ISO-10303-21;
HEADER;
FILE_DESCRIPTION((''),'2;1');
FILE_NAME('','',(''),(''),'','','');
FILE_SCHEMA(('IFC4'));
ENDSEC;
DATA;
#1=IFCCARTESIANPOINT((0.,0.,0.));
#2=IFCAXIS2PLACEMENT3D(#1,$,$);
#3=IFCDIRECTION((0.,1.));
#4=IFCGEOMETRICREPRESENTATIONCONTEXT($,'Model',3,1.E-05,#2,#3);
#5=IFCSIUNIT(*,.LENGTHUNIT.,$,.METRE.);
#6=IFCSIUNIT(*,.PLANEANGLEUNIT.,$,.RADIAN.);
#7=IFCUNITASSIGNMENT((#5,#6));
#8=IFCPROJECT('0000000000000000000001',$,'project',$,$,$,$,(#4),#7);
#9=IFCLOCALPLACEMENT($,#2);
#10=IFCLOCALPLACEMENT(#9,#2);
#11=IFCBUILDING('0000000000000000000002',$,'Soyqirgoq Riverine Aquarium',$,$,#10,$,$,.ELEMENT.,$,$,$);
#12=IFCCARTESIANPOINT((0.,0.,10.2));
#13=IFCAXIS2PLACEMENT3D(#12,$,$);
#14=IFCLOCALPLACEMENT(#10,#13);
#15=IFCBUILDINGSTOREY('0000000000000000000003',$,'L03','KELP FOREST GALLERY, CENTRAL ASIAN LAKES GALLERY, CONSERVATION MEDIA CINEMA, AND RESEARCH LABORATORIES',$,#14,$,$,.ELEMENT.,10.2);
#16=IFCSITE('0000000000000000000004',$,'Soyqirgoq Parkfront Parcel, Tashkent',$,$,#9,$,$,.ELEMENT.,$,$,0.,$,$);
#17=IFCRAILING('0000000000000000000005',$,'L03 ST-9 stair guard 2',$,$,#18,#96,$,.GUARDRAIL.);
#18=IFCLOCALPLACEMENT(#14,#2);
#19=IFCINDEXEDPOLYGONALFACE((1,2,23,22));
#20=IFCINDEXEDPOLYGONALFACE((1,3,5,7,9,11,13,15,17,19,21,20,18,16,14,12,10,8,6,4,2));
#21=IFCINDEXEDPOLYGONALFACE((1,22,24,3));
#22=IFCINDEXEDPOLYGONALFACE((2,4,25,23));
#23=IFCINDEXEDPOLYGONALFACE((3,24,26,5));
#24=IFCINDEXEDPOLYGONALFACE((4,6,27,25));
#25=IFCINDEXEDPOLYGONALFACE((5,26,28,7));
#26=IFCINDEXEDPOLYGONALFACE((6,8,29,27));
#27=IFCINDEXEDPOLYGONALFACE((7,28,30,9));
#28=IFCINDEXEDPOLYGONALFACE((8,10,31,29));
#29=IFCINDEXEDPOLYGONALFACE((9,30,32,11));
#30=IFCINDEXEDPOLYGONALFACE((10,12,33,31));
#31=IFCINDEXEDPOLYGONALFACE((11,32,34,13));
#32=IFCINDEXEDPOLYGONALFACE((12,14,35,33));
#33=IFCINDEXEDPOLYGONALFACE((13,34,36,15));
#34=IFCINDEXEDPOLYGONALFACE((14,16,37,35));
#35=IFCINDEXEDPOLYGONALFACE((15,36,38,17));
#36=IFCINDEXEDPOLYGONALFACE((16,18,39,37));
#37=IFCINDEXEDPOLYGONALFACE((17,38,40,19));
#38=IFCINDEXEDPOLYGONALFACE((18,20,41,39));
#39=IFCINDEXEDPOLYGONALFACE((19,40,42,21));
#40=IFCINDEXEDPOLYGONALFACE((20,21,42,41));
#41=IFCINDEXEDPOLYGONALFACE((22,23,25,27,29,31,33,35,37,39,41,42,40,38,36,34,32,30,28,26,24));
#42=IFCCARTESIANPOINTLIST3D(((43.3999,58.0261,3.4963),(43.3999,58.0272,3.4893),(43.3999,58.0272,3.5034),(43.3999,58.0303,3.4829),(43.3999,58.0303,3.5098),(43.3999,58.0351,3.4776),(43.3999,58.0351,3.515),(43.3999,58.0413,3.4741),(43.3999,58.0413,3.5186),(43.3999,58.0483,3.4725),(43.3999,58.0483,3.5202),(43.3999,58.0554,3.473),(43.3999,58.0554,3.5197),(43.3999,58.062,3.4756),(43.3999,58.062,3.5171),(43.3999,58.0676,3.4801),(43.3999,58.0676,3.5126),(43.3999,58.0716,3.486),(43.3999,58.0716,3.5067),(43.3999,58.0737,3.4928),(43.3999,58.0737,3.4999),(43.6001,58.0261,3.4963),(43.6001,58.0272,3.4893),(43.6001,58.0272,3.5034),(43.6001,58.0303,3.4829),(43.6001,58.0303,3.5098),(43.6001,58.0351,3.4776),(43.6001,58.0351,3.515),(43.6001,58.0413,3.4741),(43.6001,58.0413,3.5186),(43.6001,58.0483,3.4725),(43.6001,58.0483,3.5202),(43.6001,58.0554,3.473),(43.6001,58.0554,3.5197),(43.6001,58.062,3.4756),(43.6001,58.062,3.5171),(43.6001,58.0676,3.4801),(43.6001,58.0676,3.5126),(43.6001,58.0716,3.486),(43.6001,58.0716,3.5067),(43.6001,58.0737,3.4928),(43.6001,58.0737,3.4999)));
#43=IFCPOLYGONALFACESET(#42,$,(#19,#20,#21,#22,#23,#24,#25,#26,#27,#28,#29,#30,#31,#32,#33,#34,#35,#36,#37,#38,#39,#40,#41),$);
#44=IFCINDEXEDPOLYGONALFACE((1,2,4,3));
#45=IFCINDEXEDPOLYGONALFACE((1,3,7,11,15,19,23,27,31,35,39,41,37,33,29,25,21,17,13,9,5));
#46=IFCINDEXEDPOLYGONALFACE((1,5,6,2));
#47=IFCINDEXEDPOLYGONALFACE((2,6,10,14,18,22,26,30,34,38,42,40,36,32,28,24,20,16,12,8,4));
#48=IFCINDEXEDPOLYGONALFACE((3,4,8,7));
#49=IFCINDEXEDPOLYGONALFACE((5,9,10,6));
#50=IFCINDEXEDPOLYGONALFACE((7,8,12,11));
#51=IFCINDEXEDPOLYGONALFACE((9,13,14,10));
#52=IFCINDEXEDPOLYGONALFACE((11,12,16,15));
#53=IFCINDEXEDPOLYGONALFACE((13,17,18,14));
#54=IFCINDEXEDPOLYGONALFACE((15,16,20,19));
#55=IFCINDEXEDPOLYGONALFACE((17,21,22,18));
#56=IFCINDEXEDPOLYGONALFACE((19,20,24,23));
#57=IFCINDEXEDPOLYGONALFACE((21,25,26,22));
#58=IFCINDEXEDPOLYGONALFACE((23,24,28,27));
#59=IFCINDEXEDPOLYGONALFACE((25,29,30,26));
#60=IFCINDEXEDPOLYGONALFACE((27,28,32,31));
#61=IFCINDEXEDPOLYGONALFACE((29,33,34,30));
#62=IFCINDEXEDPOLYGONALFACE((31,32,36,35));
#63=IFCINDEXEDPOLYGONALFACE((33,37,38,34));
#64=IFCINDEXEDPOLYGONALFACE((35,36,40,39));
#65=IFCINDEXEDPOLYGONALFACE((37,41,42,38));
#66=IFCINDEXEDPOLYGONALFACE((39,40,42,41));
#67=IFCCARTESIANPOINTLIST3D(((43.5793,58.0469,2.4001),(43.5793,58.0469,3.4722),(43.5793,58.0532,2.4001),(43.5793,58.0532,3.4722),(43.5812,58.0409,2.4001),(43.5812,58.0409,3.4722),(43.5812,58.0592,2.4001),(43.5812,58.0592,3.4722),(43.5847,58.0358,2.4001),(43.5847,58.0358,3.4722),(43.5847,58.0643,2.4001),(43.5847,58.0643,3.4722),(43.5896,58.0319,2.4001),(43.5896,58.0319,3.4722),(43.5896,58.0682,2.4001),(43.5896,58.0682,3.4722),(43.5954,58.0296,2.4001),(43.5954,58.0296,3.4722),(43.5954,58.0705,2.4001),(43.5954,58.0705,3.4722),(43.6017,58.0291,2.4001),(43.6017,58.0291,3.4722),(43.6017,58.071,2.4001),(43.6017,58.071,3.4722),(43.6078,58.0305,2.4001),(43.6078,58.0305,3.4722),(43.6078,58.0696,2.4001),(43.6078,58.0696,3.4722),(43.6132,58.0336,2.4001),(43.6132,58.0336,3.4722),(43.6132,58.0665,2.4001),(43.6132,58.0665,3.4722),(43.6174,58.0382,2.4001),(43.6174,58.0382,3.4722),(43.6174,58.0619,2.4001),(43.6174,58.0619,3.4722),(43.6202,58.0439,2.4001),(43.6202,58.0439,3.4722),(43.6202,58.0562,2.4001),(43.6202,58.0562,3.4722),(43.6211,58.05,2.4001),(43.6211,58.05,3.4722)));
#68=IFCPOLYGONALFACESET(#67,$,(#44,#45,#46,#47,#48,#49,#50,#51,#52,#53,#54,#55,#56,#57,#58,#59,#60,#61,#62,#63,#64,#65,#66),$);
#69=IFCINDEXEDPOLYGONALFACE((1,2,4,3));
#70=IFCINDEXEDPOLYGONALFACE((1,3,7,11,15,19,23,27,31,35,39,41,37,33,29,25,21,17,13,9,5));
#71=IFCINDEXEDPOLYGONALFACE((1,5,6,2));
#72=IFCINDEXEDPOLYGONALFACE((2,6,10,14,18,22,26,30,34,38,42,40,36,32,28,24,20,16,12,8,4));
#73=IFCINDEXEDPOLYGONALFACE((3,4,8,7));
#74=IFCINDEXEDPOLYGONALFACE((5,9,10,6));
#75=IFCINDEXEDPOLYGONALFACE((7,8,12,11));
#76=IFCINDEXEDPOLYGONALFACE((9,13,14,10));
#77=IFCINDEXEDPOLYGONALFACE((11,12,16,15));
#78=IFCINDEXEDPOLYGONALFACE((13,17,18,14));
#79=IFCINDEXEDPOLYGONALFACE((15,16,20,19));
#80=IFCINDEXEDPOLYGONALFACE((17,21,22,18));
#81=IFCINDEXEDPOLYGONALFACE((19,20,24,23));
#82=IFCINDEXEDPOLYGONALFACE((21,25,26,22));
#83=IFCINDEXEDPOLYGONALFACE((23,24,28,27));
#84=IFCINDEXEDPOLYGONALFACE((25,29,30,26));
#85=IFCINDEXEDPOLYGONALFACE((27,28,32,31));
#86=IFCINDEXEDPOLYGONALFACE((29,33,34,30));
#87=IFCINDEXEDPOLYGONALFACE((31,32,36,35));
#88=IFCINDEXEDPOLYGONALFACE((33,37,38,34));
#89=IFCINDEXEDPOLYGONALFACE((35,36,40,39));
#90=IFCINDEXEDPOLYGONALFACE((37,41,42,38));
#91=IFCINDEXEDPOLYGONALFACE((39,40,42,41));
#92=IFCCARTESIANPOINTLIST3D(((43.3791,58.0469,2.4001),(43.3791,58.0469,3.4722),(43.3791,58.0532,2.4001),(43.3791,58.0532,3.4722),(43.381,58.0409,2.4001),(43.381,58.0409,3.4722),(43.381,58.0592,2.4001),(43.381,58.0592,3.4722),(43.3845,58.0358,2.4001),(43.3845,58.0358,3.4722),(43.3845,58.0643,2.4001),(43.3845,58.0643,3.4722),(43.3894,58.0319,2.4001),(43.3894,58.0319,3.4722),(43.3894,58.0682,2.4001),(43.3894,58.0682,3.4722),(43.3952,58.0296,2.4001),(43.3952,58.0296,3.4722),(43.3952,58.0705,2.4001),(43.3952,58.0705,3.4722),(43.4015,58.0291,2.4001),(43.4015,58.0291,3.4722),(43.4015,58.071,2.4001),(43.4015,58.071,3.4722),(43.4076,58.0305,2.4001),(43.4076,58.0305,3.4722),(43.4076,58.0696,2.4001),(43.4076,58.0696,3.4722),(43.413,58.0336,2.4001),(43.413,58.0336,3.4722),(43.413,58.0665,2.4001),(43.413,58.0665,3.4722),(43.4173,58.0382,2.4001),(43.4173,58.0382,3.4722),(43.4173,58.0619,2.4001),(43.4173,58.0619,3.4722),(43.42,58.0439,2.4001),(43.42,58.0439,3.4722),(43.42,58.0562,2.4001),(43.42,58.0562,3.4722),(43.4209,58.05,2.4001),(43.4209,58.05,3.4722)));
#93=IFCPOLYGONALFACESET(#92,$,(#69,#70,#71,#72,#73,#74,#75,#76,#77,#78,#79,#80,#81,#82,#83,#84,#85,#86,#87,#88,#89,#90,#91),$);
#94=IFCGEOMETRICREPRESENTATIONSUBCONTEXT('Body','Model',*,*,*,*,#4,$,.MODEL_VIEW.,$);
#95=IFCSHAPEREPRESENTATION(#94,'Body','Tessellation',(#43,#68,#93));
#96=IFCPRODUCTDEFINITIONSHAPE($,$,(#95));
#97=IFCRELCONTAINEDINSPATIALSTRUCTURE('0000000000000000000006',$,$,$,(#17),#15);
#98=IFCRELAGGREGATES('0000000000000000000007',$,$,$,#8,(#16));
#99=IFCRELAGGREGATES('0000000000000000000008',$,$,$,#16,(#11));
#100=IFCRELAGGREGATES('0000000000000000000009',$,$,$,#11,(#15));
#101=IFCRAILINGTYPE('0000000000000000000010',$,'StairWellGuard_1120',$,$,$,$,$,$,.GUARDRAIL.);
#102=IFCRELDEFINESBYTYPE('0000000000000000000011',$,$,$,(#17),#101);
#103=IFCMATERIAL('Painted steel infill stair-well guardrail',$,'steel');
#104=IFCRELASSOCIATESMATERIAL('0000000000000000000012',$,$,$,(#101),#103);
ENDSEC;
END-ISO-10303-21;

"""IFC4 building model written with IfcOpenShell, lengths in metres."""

from ifc_helpers import new_model, si_unit, direction, frame, origin, origin_2d, place, context, subcontext, project, spatial, circle, extrude, material, type_object, element, save


model = new_model("IFC4")

# Units and contexts
model_context = context("Model", 3, precision=1e-05, world=origin(), true_north=direction((0.0, 1.0)))
body_context = subcontext(model_context, "Body", "Model", "MODEL_VIEW")
ifc_project = project(units=[si_unit("LENGTHUNIT", "METRE"), si_unit("PLANEANGLEUNIT", "RADIAN")], contexts=[model_context])

# Site, building, storey
site_placement = place(None, origin())
site = spatial("IfcSite", under=ifc_project, at=site_placement, Name="Soyqirgoq Parkfront Parcel, Tashkent", CompositionType="ELEMENT", RefElevation=0.0)
building_placement = place(site_placement, origin())
building = spatial("IfcBuilding", under=site, at=building_placement, Name="Soyqirgoq Riverine Aquarium", CompositionType="ELEMENT")
storey_placement = place(building_placement, frame((0.0, 0.0, 10.2)))
storey = spatial("IfcBuildingStorey", under=building, at=storey_placement, Name="L03", Description="KELP FOREST GALLERY, CENTRAL ASIAN LAKES GALLERY, CONSERVATION MEDIA CINEMA, AND RESEARCH LABORATORIES", CompositionType="ELEMENT", Elevation=10.2)

# Railing
ifc_material_1 = material(Name="Painted steel infill stair-well guardrail", Category="steel")
railing_type_1 = type_object("IfcRailingType", Name="StairWellGuard_1120", PredefinedType="GUARDRAIL", material=ifc_material_1)
railing_1_placement = place(storey_placement, frame((43.6001, 58.05, 2.4001)))
element("IfcRailing", 1, at=railing_1_placement, inside=storey, type_object=railing_type_1, Name="L03 ST-9 stair guard 2", PredefinedType="GUARDRAIL", context=body_context, shape_type="SweptSolid", body=[
    extrude(circle(Radius=0.0239, at=origin_2d()), frame((0.0, 0.0, 1.0962), z_axis=(-1.0, 0.0, 0.0), x_axis=(0.0, -1.0, 0.0)), (0.0, 0.0, 1.0), 0.2002),
    extrude(circle(Radius=0.021, at=origin_2d()), origin(), (0.0, 0.0, 1.0), 1.072),
    extrude(circle(Radius=0.021, at=origin_2d()), frame((-0.2002, 0.0, 0.0)), (0.0, 0.0, 1.0), 1.072),
])

save(model, "model.ifc")
